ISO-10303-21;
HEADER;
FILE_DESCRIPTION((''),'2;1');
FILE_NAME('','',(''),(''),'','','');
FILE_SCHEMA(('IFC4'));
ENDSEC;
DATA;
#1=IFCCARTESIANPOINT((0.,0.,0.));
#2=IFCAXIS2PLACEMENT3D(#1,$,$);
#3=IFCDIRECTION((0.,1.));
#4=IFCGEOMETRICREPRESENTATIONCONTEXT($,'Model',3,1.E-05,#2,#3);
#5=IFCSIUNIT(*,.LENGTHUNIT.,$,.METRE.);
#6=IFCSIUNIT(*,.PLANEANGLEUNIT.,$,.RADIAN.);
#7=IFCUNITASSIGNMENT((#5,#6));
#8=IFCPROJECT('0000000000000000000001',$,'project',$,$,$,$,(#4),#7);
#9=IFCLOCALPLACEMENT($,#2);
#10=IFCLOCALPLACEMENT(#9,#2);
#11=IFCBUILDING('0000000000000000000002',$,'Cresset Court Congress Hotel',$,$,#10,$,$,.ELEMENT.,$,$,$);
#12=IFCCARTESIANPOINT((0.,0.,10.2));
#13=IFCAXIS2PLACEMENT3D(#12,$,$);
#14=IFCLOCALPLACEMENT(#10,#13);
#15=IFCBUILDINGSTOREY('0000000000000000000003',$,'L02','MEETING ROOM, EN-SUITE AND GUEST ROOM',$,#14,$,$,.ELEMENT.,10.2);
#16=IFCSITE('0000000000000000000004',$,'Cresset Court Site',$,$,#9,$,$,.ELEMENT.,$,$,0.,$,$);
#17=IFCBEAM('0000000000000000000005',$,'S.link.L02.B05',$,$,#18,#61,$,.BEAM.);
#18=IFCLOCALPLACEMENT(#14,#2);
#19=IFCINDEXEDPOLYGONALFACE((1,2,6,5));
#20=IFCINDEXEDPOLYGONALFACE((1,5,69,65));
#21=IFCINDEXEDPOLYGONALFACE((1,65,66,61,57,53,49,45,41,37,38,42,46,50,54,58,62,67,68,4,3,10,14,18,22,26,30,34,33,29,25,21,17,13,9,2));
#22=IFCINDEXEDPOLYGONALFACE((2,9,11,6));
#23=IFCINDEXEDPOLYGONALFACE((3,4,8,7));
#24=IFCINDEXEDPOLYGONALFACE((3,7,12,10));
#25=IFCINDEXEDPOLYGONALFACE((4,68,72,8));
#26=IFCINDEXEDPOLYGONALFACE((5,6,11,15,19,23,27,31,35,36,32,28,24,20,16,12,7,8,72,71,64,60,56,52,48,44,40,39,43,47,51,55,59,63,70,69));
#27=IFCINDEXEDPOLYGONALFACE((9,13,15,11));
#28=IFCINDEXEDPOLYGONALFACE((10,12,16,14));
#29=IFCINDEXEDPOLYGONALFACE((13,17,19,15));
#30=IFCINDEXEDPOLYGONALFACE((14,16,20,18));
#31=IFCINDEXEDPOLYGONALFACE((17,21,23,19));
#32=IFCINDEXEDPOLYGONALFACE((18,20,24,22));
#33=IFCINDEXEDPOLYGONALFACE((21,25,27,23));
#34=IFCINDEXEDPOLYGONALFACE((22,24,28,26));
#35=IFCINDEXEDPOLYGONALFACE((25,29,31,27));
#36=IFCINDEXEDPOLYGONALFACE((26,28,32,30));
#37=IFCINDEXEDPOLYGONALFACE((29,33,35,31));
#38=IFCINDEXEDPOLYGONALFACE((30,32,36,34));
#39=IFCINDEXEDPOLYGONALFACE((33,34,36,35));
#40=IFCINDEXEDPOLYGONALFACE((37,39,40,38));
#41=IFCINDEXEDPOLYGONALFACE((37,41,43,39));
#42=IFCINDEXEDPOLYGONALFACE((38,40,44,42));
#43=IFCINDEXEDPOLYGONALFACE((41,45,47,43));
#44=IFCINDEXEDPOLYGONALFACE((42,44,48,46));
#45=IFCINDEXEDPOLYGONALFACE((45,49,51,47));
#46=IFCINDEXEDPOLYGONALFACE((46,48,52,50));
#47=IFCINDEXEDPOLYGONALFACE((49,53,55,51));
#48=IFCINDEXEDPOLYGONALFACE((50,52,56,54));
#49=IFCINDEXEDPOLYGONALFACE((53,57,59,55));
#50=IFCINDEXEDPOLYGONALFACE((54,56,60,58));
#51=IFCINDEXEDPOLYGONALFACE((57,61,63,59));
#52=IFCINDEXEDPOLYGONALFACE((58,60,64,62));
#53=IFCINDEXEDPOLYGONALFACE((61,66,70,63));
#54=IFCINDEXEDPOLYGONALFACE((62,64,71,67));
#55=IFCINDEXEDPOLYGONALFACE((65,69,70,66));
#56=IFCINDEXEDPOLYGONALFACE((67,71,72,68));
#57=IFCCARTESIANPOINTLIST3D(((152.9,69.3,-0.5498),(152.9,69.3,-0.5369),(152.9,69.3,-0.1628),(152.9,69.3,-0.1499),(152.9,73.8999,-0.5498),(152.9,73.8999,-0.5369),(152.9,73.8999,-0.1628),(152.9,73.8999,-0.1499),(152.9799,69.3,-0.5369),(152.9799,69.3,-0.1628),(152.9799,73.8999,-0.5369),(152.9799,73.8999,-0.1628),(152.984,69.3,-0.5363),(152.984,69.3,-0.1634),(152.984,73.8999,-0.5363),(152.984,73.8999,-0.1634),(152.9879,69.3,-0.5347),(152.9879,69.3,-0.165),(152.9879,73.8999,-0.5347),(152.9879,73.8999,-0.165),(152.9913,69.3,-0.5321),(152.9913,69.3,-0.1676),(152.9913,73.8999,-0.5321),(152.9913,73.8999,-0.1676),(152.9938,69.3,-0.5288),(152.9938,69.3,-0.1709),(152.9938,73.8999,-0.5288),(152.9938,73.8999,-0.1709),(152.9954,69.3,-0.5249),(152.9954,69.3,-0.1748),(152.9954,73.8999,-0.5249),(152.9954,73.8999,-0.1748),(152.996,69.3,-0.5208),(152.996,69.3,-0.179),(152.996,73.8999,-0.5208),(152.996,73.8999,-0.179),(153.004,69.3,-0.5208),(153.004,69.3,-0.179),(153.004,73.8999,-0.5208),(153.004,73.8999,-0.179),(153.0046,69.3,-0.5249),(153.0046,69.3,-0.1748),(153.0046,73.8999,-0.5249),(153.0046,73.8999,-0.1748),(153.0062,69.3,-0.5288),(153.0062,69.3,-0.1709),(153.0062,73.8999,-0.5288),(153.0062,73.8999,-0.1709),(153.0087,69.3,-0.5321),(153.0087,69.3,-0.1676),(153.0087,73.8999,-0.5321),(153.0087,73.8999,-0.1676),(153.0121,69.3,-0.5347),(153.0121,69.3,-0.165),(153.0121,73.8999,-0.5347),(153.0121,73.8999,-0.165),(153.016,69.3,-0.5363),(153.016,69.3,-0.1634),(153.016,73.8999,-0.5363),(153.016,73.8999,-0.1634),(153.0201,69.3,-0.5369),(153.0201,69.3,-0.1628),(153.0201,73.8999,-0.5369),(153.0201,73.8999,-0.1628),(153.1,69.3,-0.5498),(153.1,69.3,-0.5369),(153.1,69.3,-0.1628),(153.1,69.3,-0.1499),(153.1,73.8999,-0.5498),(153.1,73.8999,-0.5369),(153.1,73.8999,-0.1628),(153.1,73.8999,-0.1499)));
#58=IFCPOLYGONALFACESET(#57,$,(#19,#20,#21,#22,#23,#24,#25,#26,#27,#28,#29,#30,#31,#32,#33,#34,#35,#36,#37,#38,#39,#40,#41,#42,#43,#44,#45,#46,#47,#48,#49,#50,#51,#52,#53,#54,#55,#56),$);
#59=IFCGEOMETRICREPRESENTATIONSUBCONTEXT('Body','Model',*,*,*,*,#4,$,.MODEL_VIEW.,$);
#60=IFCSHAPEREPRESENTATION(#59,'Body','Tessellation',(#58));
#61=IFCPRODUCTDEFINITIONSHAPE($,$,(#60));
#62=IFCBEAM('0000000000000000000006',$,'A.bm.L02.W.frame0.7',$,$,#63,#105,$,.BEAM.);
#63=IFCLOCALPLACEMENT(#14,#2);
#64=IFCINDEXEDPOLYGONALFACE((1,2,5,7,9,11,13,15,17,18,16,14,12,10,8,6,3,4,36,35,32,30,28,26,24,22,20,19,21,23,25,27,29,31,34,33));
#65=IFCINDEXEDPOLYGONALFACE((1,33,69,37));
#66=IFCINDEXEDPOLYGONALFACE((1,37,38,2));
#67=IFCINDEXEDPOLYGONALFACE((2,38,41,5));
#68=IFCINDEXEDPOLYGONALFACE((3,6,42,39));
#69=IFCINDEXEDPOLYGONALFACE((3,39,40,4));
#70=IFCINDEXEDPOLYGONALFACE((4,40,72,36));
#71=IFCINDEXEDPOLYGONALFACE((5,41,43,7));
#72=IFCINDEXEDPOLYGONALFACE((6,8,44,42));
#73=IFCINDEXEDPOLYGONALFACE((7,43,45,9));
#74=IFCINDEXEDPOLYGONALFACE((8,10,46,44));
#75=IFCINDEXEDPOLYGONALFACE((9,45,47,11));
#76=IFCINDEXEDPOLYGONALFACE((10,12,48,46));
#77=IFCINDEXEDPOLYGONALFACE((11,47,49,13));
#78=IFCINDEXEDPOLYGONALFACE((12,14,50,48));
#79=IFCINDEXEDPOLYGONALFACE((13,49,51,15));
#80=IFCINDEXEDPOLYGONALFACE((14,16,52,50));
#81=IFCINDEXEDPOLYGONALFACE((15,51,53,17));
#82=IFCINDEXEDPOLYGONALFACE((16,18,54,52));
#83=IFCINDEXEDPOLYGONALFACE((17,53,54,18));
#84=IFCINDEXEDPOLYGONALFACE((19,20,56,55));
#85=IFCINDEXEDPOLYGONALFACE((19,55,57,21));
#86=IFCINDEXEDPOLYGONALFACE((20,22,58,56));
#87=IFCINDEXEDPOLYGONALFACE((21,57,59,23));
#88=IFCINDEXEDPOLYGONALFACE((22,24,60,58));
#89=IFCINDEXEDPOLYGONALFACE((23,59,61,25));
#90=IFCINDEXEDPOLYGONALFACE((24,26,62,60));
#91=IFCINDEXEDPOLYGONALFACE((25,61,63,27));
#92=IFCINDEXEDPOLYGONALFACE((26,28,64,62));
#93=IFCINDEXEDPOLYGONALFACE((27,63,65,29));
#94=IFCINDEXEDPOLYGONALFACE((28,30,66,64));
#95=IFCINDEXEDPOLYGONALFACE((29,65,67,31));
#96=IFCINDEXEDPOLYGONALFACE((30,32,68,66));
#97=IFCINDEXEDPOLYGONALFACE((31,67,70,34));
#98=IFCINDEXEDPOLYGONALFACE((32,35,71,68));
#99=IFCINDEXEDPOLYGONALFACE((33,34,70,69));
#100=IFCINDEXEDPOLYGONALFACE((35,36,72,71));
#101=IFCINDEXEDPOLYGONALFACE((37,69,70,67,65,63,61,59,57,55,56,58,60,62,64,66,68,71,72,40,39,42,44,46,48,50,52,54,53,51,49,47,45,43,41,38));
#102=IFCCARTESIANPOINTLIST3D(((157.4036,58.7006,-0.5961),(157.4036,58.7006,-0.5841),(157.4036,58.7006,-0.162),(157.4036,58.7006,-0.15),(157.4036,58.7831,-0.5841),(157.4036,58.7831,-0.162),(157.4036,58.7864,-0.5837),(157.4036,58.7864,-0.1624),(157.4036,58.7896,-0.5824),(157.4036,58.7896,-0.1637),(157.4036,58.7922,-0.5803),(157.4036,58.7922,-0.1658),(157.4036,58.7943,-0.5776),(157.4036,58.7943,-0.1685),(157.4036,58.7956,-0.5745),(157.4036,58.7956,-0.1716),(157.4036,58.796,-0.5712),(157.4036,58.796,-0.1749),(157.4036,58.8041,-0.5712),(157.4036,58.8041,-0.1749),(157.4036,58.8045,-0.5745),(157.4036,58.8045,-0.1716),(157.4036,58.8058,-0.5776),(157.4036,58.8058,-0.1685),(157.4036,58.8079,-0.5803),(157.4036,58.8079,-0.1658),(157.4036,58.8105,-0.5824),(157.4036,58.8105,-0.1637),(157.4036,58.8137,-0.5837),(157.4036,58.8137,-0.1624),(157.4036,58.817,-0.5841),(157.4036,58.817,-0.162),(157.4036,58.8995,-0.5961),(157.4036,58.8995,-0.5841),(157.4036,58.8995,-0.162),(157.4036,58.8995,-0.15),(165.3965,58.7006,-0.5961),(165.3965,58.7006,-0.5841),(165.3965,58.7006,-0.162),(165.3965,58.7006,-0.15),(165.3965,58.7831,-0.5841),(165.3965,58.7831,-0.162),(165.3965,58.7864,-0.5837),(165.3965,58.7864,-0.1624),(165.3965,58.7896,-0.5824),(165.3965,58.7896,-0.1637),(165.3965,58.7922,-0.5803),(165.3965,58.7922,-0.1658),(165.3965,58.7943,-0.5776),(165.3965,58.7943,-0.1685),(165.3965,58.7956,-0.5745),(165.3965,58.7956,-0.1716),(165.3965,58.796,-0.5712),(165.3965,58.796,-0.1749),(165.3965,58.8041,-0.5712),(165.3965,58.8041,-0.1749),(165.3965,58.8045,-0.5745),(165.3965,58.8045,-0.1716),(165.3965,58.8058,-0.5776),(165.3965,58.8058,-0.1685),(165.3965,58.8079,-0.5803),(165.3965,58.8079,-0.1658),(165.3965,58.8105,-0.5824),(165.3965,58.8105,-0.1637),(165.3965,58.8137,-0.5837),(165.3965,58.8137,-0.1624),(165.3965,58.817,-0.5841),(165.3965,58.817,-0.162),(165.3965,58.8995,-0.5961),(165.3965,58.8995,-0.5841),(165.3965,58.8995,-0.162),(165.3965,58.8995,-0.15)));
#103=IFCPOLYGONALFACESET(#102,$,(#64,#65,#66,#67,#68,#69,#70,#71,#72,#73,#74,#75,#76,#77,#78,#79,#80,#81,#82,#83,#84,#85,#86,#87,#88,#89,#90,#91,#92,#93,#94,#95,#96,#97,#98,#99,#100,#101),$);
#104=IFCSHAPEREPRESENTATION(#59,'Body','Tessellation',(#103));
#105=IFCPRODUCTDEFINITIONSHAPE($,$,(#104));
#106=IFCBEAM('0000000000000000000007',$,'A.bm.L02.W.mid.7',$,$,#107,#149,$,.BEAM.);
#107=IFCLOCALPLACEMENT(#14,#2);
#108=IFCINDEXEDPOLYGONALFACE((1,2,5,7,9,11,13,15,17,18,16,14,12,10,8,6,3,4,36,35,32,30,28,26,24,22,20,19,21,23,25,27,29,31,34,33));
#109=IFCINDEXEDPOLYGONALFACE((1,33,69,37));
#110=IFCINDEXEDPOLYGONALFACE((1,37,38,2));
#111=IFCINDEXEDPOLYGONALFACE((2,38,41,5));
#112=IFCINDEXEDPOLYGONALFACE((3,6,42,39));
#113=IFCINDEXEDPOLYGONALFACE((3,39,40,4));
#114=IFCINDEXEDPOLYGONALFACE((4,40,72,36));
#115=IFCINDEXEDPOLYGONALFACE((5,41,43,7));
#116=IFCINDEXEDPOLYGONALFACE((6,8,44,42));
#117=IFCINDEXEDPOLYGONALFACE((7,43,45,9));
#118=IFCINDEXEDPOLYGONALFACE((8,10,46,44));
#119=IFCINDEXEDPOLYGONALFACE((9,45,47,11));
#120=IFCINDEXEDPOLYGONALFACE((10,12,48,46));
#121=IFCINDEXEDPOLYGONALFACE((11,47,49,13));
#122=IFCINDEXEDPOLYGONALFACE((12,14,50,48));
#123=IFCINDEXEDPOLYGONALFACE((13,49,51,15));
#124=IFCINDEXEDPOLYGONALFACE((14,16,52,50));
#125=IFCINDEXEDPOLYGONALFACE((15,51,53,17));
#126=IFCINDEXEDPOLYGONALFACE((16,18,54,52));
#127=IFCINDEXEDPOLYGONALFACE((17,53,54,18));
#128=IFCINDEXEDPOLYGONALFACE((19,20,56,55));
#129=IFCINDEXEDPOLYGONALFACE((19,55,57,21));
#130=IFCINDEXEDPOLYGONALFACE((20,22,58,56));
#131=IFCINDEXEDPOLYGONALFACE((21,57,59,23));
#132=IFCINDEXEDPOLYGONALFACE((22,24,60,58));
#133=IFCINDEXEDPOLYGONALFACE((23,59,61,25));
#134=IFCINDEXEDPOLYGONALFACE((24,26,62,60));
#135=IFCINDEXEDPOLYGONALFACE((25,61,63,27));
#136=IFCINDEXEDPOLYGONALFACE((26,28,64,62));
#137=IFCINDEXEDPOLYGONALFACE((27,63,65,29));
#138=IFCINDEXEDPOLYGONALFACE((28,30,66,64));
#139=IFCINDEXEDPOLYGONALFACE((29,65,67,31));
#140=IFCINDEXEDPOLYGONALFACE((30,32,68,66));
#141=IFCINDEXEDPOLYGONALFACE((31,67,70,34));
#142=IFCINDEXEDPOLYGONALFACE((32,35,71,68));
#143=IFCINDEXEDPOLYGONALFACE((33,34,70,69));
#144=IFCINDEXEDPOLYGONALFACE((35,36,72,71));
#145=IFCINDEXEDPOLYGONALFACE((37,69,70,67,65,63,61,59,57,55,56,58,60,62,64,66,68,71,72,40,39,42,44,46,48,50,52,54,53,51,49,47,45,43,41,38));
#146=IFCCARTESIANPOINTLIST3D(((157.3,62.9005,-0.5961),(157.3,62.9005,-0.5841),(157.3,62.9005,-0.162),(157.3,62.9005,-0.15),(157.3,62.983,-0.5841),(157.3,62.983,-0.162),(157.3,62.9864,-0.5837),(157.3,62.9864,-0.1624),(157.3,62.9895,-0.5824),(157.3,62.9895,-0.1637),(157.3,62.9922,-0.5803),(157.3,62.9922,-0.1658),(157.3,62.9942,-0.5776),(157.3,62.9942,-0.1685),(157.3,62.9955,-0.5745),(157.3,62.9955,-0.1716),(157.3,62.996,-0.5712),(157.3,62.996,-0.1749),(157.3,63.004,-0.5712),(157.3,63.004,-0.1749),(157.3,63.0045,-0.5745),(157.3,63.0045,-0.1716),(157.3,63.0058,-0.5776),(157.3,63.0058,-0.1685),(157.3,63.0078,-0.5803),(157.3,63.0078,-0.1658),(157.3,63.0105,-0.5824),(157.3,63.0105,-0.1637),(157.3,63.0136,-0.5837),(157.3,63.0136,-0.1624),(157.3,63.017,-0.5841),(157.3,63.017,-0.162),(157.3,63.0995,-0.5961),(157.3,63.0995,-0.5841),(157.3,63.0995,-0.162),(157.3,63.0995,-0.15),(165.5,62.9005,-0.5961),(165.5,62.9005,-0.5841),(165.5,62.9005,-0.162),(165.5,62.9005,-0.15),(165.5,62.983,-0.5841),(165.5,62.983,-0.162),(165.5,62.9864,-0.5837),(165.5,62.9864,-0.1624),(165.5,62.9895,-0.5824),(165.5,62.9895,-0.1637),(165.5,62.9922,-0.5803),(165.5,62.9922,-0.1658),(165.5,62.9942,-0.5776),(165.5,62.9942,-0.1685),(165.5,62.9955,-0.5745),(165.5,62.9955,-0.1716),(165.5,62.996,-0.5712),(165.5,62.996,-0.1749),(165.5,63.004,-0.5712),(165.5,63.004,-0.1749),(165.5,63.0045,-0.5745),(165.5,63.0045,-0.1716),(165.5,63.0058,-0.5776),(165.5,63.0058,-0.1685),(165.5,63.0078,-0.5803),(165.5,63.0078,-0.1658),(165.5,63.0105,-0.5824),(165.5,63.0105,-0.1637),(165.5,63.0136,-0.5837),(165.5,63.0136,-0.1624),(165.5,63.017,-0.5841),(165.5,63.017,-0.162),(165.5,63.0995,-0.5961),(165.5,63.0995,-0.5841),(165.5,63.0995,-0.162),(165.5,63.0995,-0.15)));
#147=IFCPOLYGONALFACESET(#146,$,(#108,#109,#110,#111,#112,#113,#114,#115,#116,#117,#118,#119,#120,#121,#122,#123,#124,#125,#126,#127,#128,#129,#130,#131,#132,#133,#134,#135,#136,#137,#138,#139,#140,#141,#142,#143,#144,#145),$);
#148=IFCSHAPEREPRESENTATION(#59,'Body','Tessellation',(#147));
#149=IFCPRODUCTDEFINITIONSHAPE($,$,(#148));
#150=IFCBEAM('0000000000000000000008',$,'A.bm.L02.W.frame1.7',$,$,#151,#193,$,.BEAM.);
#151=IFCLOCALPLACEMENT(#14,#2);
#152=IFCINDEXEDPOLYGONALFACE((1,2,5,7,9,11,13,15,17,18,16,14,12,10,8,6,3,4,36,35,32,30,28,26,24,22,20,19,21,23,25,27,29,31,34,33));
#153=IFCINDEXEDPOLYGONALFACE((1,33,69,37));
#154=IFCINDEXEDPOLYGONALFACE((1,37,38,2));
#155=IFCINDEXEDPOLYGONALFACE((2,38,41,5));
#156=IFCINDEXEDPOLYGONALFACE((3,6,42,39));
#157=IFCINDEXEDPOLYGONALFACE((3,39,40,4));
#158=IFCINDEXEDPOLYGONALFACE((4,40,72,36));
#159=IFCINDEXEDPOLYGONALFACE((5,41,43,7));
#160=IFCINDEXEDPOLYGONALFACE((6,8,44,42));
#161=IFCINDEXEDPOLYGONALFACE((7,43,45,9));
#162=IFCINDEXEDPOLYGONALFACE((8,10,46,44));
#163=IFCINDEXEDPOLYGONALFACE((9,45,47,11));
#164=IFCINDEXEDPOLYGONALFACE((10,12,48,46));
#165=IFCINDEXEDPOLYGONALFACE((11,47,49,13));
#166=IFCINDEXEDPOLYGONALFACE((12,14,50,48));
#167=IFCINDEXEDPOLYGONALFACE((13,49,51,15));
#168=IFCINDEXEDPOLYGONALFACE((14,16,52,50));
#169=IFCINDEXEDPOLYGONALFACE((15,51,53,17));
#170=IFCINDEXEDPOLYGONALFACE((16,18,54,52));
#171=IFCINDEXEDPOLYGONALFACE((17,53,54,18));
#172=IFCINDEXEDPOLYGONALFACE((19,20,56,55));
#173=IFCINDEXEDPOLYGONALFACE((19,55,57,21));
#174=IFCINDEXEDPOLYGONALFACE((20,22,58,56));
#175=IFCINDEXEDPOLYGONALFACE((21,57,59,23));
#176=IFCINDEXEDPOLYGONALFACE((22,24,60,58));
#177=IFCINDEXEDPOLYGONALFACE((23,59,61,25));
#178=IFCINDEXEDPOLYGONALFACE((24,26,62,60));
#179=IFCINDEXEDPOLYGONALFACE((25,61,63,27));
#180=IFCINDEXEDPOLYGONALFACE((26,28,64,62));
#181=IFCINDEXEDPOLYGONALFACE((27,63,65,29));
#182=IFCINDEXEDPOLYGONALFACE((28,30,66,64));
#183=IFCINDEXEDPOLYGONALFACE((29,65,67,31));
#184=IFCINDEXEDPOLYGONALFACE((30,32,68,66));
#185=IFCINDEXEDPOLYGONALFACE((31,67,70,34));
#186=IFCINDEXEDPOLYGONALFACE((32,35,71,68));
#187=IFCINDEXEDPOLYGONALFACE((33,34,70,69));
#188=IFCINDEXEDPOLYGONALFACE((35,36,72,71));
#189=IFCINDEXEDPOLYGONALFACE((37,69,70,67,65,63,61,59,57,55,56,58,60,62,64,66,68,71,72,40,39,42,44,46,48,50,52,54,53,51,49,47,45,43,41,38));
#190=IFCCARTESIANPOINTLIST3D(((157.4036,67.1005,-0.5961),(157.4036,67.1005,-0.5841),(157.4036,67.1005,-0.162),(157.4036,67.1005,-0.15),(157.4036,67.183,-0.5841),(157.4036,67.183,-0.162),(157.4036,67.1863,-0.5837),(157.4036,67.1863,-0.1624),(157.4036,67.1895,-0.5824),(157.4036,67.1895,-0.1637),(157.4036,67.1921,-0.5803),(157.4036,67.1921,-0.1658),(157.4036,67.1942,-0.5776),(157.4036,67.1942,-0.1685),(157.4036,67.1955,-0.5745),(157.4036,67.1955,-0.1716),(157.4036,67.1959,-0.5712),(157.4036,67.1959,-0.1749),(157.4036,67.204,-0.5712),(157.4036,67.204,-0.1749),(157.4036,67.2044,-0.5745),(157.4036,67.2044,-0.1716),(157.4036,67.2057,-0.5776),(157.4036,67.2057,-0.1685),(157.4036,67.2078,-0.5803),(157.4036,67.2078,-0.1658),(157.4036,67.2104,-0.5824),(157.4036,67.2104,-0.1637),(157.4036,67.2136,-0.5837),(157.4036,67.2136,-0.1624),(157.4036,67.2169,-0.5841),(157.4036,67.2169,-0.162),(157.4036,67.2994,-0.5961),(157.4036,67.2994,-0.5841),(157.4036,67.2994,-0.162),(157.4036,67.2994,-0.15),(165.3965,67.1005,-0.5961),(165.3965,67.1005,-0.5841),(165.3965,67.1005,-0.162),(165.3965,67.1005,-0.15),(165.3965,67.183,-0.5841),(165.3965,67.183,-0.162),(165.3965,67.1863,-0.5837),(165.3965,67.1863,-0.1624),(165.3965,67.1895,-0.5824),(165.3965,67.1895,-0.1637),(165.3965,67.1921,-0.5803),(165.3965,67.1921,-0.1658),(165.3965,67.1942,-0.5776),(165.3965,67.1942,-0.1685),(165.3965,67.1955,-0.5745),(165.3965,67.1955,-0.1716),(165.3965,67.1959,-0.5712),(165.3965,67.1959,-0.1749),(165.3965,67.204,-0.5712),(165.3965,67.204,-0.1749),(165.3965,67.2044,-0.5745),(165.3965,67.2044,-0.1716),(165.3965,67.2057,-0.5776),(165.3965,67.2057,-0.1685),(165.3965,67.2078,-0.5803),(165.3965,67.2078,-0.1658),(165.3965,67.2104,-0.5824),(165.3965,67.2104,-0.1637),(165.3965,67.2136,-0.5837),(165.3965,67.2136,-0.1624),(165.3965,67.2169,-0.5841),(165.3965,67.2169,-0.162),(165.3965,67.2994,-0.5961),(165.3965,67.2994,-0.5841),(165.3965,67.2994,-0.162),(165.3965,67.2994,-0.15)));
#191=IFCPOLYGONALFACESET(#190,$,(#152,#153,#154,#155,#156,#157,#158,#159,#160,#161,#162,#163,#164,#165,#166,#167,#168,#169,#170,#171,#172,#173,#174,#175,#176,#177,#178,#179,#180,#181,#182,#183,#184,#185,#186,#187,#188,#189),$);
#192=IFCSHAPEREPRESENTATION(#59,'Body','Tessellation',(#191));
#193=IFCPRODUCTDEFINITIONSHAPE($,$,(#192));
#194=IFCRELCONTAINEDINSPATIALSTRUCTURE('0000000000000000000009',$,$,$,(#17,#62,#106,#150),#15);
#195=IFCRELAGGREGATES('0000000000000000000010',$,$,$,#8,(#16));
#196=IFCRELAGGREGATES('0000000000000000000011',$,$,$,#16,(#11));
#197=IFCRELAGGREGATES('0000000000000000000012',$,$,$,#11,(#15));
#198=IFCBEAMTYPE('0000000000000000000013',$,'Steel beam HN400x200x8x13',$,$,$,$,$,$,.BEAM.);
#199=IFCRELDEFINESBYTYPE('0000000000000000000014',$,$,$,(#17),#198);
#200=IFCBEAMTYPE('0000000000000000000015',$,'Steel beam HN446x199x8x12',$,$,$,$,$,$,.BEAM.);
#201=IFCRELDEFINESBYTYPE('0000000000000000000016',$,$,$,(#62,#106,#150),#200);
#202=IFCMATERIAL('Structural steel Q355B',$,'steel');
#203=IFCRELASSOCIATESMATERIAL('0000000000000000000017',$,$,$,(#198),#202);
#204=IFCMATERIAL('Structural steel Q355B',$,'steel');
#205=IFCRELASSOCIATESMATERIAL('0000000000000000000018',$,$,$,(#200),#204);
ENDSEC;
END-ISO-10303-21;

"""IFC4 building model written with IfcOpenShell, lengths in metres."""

from ifc_helpers import new_model, si_unit, direction, frame, origin, origin_2d, place, context, subcontext, project, spatial, i_section, extrude, material, material_profile, profile_set, type_object, element, save


model = new_model("IFC4")

# Units and contexts
model_context = context("Model", 3, precision=1e-05, world=origin(), true_north=direction((0.0, 1.0)))
body_context = subcontext(model_context, "Body", "Model", "MODEL_VIEW")
ifc_project = project(units=[si_unit("LENGTHUNIT", "METRE"), si_unit("PLANEANGLEUNIT", "RADIAN")], contexts=[model_context])

# Site, building, storey
site_placement = place(None, origin())
site = spatial("IfcSite", under=ifc_project, at=site_placement, Name="Cresset Court Site", CompositionType="ELEMENT", RefElevation=0.0)
building_placement = place(site_placement, origin())
building = spatial("IfcBuilding", under=site, at=building_placement, Name="Cresset Court Congress Hotel", CompositionType="ELEMENT")
storey_placement = place(building_placement, frame((0.0, 0.0, 10.2)))
storey = spatial("IfcBuildingStorey", under=building, at=storey_placement, Name="L02", Description="MEETING ROOM, EN-SUITE AND GUEST ROOM", CompositionType="ELEMENT", Elevation=10.2)

# Beams
ifc_material_1 = material(Name="Structural steel Q355B", Category="steel")
ifc_material_profile_1 = material_profile(ifc_material_1, i_section(OverallWidth=0.2, OverallDepth=0.3999, WebThickness=0.0081, FlangeThickness=0.0129, FilletRadius=0.0161, at=origin_2d()), Name="HN400x200x8x13")
ifc_profile_set_1 = profile_set([ifc_material_profile_1], Name="Structural steel Q355B")
beam_type_1 = type_object("IfcBeamType", Name="Steel beam HN400x200x8x13", PredefinedType="BEAM", material=ifc_profile_set_1)
beam_1_placement = place(storey_placement, frame((153.0, 69.3, -0.3499), z_axis=(0.0, 1.0, 0.0), x_axis=(-1.0, 0.0, 0.0)))
element("IfcBeam", 1, at=beam_1_placement, inside=storey, type_object=beam_type_1, Name="S.link.L02.B05", PredefinedType="BEAM", context=body_context, shape_type="SweptSolid", body=[
    extrude(i_section(OverallWidth=0.2, OverallDepth=0.3999, WebThickness=0.0081, FlangeThickness=0.0129, FilletRadius=0.0161, at=origin_2d()), origin(), (0.0, 0.0, 1.0), 4.5999),
])
ifc_material_2 = material(Name="Structural steel Q355B", Category="steel")
ifc_material_profile_2 = material_profile(ifc_material_2, i_section(OverallWidth=0.199, OverallDepth=0.446, WebThickness=0.0081, FlangeThickness=0.012, FilletRadius=0.0129, at=origin_2d()), Name="HN446x199x8x12")
ifc_profile_set_2 = profile_set([ifc_material_profile_2], Name="Structural steel Q355B")
beam_type_2 = type_object("IfcBeamType", Name="Steel beam HN446x199x8x12", PredefinedType="BEAM", material=ifc_profile_set_2)
beam_2_placement = place(storey_placement, frame((157.4036, 58.8, -0.373), z_axis=(1.0, 0.0, 0.0), x_axis=(0.0, 1.0, 0.0)))
element("IfcBeam", 2, at=beam_2_placement, inside=storey, type_object=beam_type_2, Name="A.bm.L02.W.frame0.7", PredefinedType="BEAM", context=body_context, shape_type="SweptSolid", body=[
    extrude(i_section(OverallWidth=0.199, OverallDepth=0.446, WebThickness=0.0081, FlangeThickness=0.012, FilletRadius=0.0129, at=origin_2d()), origin(), (0.0, 0.0, 1.0), 7.9929),
])
beam_3_placement = place(storey_placement, frame((157.3, 63.0, -0.373), z_axis=(1.0, 0.0, 0.0), x_axis=(0.0, 1.0, 0.0)))
element("IfcBeam", 3, at=beam_3_placement, inside=storey, type_object=beam_type_2, Name="A.bm.L02.W.mid.7", PredefinedType="BEAM", context=body_context, shape_type="SweptSolid", body=[
    extrude(i_section(OverallWidth=0.199, OverallDepth=0.446, WebThickness=0.0081, FlangeThickness=0.012, FilletRadius=0.0129, at=origin_2d()), origin(), (0.0, 0.0, 1.0), 8.2),
])
beam_4_placement = place(storey_placement, frame((157.4036, 67.2, -0.373), z_axis=(1.0, 0.0, 0.0), x_axis=(0.0, 1.0, 0.0)))
element("IfcBeam", 4, at=beam_4_placement, inside=storey, type_object=beam_type_2, Name="A.bm.L02.W.frame1.7", PredefinedType="BEAM", context=body_context, shape_type="SweptSolid", body=[
    extrude(i_section(OverallWidth=0.199, OverallDepth=0.446, WebThickness=0.0081, FlangeThickness=0.012, FilletRadius=0.0129, at=origin_2d()), origin(), (0.0, 0.0, 1.0), 7.9929),
])

save(model, "model.ifc")
